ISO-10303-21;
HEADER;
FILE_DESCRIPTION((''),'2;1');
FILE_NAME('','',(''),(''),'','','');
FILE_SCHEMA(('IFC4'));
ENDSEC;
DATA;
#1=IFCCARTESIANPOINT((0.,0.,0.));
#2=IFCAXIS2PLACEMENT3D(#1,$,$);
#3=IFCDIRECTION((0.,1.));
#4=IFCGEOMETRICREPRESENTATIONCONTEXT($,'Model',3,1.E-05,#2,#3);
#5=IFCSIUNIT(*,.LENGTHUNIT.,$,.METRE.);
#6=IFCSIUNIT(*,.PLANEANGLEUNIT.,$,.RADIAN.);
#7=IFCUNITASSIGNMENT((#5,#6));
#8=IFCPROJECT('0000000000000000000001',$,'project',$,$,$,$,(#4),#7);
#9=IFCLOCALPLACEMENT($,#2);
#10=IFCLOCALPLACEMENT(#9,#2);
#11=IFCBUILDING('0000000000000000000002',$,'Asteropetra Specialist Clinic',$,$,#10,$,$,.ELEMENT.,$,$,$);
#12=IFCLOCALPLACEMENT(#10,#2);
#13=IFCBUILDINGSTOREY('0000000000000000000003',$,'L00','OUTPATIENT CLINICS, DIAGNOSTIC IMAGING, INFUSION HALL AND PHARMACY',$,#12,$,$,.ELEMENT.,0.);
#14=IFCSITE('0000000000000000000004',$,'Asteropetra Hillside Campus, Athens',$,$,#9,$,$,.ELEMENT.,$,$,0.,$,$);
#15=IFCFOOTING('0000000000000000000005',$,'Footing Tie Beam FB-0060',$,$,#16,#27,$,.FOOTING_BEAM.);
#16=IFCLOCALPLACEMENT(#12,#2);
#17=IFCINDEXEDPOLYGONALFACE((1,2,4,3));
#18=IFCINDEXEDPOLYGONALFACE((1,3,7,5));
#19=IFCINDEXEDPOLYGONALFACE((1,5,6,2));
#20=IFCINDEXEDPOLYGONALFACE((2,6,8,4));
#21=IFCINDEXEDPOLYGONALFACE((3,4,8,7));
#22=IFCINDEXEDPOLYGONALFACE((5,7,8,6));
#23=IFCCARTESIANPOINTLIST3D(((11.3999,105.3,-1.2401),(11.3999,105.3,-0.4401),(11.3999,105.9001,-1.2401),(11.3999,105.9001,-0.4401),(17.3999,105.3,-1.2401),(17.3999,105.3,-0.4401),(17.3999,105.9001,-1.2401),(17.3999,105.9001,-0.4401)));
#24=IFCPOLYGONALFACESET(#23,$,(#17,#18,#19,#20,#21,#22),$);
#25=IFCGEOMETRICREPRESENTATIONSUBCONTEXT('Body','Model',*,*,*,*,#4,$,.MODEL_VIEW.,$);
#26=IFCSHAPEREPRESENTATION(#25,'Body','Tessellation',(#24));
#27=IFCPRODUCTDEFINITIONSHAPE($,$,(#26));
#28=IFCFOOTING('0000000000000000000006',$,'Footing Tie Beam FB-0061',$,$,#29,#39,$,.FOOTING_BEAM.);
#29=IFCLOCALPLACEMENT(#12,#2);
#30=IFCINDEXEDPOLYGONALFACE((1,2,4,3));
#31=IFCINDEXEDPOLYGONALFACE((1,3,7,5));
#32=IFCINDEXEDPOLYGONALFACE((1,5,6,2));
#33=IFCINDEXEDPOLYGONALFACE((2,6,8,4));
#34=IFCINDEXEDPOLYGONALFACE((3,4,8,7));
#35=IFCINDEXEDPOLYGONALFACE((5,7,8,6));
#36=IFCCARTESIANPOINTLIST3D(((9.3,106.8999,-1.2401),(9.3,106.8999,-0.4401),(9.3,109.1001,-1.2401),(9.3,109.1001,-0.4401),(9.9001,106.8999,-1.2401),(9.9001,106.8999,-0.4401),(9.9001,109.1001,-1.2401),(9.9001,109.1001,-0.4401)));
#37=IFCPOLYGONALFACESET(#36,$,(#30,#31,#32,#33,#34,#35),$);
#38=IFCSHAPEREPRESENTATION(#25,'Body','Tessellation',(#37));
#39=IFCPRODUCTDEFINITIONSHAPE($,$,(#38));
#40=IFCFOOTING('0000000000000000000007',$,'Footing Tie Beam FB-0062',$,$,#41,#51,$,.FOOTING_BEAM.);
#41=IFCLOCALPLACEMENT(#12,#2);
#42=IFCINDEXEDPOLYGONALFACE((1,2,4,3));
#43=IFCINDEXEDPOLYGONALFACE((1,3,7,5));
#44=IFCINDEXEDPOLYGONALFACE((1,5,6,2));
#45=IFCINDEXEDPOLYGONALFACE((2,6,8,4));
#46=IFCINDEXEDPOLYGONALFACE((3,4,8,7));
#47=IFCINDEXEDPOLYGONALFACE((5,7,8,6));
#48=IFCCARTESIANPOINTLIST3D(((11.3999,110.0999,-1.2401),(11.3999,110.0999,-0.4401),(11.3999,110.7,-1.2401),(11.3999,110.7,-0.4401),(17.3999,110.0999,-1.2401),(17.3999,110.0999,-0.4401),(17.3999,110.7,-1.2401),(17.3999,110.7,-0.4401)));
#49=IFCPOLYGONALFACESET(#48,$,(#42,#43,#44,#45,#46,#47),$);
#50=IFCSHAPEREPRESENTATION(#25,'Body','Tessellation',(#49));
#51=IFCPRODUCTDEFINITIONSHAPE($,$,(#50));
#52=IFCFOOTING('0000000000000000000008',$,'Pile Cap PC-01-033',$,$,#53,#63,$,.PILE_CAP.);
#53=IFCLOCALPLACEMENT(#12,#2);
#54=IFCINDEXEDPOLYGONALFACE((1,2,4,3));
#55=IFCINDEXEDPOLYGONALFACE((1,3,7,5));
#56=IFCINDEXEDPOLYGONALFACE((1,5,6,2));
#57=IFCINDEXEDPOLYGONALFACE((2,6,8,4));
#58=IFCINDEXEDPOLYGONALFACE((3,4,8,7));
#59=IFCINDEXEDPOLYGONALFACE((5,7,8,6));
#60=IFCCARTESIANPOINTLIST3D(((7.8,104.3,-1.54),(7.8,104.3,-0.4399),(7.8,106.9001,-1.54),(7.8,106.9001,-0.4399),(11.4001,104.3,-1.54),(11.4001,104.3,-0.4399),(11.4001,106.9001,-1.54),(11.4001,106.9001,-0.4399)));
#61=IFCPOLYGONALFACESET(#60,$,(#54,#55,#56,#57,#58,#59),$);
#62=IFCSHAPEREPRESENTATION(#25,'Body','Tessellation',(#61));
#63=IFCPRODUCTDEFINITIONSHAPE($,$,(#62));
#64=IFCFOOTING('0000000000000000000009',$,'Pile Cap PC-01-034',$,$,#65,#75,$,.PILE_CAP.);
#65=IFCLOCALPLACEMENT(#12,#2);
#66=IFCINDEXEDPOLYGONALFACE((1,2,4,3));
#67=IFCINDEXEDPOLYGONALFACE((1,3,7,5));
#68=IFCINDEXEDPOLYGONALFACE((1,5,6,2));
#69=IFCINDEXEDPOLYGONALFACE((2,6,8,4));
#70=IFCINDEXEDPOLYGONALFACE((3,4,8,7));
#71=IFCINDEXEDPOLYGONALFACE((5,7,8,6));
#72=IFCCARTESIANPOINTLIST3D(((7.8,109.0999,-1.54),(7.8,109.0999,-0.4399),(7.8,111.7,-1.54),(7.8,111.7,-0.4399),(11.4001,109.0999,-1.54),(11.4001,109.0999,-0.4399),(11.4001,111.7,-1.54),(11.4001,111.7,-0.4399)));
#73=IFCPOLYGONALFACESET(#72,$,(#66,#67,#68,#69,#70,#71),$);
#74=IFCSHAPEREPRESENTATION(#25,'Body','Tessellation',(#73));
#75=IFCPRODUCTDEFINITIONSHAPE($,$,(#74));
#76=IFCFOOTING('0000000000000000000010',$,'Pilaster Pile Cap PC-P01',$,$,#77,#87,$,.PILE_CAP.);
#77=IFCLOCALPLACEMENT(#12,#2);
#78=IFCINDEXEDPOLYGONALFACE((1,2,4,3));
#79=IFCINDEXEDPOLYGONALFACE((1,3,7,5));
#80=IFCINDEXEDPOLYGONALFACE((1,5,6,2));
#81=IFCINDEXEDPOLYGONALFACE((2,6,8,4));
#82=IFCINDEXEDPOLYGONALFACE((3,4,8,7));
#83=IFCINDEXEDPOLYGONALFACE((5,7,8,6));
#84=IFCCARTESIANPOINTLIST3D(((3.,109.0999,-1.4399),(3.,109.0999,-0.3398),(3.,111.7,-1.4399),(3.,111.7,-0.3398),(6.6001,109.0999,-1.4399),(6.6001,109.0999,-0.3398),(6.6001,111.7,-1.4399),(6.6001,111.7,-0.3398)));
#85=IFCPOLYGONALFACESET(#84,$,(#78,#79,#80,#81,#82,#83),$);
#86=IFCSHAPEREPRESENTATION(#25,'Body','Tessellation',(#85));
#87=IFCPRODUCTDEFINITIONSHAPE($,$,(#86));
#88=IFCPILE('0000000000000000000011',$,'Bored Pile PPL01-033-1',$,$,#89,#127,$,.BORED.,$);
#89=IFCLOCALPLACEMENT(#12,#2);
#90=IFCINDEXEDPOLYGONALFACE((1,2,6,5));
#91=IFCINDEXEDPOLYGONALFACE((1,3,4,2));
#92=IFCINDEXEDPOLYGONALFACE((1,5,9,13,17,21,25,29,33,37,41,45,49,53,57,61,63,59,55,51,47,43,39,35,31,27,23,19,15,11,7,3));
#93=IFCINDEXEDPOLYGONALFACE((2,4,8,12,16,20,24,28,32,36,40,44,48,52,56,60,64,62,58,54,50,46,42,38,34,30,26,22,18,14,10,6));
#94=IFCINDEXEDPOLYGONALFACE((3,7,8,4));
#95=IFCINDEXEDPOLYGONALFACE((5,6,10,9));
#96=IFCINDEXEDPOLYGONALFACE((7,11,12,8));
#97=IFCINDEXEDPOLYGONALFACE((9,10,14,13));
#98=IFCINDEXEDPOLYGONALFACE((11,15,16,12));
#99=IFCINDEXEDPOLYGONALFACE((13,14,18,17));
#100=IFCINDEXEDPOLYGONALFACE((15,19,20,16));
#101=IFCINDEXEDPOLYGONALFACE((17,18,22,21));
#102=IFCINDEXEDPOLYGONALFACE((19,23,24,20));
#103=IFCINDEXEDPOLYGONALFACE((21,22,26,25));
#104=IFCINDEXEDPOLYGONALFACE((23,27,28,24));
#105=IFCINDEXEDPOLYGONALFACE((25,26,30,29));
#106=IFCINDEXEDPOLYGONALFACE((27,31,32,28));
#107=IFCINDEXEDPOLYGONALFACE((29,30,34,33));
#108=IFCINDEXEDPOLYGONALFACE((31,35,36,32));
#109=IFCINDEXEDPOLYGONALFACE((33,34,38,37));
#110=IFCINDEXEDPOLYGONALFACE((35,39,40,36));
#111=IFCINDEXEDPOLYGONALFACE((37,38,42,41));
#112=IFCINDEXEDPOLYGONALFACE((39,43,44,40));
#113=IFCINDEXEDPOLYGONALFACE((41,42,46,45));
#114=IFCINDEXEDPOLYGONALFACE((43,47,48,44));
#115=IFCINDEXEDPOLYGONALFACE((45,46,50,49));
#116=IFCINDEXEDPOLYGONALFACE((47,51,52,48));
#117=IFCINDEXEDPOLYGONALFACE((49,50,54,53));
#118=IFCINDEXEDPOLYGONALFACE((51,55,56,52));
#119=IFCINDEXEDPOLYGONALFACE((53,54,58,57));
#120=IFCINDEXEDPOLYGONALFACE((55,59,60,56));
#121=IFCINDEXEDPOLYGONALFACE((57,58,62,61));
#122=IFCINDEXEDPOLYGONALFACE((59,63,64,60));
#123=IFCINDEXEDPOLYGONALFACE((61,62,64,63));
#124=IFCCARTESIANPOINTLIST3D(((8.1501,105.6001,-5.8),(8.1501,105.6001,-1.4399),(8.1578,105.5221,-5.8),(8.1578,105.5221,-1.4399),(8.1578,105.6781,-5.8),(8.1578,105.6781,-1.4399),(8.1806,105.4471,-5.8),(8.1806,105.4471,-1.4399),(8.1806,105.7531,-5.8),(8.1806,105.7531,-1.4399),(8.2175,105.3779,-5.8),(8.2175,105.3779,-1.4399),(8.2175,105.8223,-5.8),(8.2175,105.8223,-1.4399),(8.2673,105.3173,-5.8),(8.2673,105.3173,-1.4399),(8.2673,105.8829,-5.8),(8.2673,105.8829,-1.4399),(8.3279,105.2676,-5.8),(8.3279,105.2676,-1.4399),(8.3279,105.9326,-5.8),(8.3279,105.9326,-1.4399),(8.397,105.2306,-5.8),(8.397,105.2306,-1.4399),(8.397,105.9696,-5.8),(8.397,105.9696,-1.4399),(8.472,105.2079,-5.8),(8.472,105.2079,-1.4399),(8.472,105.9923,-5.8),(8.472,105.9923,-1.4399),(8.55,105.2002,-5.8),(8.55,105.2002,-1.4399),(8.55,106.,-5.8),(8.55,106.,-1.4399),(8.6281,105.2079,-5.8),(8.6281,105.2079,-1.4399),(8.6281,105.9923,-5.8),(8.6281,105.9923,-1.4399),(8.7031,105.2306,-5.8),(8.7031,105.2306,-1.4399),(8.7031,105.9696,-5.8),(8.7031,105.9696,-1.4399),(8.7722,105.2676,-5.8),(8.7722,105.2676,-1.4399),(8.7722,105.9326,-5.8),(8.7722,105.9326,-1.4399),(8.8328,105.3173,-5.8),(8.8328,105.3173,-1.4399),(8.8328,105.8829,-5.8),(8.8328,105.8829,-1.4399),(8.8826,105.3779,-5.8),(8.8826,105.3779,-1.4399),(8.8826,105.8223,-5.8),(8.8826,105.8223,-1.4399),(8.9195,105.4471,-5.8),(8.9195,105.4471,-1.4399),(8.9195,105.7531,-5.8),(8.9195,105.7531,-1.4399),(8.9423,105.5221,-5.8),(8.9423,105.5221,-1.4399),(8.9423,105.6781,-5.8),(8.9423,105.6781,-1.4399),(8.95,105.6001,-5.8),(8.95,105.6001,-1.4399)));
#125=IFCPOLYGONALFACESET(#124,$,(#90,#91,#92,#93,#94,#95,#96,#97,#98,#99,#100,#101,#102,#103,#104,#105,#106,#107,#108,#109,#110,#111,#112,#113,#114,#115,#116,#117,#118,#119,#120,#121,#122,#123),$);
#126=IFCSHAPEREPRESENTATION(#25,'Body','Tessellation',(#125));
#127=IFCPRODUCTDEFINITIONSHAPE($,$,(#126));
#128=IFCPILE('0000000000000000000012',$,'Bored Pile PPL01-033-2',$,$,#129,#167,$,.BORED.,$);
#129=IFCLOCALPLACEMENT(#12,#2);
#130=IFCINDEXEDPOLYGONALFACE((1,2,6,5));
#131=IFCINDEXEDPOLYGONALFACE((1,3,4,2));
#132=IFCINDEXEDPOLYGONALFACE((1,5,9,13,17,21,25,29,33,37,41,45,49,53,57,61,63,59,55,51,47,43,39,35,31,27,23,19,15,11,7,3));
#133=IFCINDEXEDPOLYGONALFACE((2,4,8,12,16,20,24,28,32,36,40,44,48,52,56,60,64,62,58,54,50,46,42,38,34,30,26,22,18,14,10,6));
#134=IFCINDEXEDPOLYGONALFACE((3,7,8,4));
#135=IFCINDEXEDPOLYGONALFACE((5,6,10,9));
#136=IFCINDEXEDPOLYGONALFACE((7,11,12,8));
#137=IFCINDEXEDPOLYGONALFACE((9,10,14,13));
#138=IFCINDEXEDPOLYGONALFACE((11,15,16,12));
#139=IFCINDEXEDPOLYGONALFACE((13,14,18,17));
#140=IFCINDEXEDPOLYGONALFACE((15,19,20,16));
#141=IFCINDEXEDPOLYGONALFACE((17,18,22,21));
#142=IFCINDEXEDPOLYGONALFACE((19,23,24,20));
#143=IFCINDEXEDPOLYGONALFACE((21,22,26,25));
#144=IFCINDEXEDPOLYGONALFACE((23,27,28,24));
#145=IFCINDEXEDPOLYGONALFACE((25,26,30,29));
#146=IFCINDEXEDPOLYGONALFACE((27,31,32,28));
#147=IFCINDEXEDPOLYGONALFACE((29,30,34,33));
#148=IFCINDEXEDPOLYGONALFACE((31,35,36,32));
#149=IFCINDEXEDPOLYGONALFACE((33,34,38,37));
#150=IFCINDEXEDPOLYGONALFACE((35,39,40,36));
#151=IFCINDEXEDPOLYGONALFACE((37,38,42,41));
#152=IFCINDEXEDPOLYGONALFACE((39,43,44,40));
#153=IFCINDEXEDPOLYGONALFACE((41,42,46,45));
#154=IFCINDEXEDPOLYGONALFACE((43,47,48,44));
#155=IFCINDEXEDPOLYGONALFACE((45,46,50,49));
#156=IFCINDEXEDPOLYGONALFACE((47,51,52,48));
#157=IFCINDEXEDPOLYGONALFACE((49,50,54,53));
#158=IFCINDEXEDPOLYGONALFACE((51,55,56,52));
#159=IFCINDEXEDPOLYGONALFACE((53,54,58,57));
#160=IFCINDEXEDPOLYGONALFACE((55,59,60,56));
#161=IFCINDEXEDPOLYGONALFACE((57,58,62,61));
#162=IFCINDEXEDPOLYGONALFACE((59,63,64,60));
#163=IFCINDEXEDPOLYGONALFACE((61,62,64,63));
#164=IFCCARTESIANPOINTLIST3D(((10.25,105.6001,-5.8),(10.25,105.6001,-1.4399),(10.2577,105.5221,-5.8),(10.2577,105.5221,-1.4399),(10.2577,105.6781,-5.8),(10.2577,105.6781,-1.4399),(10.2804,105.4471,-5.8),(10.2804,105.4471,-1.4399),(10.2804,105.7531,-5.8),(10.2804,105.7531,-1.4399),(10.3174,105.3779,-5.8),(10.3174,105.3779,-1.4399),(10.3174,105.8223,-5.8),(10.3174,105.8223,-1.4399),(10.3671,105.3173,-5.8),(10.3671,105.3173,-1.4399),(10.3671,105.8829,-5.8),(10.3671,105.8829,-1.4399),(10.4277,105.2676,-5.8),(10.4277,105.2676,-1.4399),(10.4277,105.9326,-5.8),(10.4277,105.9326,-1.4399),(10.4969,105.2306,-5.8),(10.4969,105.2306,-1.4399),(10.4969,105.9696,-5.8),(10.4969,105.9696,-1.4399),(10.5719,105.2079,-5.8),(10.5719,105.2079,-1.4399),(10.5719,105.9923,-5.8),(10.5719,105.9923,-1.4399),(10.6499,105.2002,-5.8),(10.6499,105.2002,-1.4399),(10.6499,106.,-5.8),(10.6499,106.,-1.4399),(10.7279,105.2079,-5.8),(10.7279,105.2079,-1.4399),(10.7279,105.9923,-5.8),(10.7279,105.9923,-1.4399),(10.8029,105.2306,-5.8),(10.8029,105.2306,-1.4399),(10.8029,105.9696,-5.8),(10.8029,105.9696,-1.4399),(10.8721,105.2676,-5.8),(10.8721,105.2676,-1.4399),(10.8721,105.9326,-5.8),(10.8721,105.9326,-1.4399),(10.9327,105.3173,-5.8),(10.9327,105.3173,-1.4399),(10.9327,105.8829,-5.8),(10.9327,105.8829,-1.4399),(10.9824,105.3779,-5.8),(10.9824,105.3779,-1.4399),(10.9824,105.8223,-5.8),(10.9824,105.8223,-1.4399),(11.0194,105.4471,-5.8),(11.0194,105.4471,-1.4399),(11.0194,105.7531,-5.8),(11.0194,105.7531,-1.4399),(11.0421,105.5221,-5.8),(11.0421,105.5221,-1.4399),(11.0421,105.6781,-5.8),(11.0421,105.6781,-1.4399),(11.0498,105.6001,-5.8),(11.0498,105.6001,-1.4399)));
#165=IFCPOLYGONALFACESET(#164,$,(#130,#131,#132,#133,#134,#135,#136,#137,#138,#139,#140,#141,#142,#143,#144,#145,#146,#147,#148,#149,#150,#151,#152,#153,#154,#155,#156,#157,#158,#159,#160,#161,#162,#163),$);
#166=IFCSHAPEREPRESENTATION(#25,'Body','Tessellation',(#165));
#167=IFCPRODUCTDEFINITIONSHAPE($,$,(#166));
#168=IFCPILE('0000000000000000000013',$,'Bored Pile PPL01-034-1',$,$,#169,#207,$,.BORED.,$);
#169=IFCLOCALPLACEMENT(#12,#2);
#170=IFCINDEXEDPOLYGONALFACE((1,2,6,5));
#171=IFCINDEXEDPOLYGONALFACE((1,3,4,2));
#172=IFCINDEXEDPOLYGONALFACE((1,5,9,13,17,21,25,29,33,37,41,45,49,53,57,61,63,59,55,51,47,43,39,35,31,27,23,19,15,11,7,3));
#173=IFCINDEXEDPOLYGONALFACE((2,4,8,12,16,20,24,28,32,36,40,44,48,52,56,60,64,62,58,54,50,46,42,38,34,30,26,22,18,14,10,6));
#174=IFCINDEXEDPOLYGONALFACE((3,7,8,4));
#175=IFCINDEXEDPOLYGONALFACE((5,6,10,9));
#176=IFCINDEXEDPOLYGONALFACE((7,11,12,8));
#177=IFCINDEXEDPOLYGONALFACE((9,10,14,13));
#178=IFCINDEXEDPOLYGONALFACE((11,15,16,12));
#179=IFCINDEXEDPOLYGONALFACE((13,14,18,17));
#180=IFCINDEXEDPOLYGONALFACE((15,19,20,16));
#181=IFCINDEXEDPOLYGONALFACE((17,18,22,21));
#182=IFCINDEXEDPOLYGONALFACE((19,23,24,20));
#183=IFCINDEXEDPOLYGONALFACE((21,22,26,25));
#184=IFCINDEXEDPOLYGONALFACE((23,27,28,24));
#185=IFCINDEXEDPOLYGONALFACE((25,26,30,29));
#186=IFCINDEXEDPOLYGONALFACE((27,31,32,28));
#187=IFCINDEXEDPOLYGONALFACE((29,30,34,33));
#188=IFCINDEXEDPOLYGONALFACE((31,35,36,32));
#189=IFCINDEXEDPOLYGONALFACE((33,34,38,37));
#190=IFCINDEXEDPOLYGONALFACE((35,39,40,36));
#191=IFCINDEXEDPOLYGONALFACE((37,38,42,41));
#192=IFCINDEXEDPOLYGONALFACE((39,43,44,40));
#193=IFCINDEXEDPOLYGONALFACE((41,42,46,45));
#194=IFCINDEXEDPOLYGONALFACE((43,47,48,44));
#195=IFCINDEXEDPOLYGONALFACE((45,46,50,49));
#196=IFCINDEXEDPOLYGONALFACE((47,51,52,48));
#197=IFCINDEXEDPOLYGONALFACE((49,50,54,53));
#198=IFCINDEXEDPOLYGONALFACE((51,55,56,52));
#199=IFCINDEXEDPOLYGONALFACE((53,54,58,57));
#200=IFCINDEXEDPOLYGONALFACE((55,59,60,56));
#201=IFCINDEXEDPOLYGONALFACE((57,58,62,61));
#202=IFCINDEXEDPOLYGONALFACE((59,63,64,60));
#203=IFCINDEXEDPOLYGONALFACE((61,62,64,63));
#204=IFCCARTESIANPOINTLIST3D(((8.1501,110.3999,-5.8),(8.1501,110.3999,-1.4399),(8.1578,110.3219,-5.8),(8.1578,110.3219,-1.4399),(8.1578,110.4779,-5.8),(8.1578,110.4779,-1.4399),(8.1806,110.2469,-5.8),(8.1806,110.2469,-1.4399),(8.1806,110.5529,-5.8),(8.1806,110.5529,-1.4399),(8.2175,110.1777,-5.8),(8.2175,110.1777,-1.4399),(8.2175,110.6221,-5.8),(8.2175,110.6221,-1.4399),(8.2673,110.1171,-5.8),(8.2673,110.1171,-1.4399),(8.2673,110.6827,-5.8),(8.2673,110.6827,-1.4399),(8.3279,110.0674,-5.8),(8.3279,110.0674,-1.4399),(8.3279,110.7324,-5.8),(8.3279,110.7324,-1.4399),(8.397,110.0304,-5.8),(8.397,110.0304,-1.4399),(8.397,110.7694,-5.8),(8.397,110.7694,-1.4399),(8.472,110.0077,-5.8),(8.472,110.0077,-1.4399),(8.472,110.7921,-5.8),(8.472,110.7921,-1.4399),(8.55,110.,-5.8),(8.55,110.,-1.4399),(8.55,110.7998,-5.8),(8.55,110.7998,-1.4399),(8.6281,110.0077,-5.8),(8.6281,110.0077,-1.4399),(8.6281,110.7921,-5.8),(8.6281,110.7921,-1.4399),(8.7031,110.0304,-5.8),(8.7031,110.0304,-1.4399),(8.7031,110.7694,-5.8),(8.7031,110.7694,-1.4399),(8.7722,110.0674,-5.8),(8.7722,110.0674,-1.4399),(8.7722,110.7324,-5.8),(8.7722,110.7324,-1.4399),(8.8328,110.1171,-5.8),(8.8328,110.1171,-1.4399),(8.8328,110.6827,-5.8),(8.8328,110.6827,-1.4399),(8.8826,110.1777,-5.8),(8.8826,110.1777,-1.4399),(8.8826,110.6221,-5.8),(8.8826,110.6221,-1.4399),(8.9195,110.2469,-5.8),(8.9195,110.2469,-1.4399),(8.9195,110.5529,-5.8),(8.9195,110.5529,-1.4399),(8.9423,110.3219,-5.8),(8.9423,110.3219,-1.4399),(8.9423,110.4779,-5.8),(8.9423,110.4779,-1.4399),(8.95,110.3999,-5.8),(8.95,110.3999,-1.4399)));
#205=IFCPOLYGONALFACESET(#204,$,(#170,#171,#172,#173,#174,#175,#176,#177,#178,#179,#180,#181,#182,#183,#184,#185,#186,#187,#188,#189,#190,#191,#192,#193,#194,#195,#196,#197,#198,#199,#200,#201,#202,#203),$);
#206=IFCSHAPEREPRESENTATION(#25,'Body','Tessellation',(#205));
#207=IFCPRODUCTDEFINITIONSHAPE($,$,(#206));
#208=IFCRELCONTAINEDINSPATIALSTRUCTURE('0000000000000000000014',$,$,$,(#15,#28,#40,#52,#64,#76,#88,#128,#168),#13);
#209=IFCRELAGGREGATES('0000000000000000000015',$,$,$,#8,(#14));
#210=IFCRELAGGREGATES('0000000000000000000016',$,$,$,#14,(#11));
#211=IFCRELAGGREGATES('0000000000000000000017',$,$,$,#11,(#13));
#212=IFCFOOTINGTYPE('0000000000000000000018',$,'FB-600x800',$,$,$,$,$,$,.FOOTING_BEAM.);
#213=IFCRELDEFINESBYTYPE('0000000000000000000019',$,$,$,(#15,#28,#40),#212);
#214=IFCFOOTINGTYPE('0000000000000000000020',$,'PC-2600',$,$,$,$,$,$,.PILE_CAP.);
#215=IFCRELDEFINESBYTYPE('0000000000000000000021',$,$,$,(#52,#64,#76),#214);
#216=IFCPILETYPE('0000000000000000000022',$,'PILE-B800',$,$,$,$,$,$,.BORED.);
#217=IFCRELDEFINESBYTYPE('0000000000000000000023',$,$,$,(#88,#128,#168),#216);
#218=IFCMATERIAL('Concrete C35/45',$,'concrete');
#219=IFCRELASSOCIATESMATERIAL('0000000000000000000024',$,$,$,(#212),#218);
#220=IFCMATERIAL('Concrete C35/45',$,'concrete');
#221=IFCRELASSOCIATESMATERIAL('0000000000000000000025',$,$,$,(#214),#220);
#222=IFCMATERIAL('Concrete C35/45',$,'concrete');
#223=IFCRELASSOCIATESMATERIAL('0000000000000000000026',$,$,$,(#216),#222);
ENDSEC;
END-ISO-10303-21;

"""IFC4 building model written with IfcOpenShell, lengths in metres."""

from ifc_helpers import new_model, si_unit, direction, frame, origin, origin_2d, place, context, subcontext, project, spatial, rectangle, circle, extrude, material, material_profile, profile_set, type_object, element, save


model = new_model("IFC4")

# Units and contexts
model_context = context("Model", 3, precision=1e-05, world=origin(), true_north=direction((0.0, 1.0)))
body_context = subcontext(model_context, "Body", "Model", "MODEL_VIEW")
ifc_project = project(units=[si_unit("LENGTHUNIT", "METRE"), si_unit("PLANEANGLEUNIT", "RADIAN")], contexts=[model_context])

# Site, building, storey
site_placement = place(None, origin())
site = spatial("IfcSite", under=ifc_project, at=site_placement, Name="Asteropetra Hillside Campus, Athens", CompositionType="ELEMENT", RefElevation=0.0)
building_placement = place(site_placement, origin())
building = spatial("IfcBuilding", under=site, at=building_placement, Name="Asteropetra Specialist Clinic", CompositionType="ELEMENT")
storey_placement = place(building_placement, origin())
storey = spatial("IfcBuildingStorey", under=building, at=storey_placement, Name="L00", Description="OUTPATIENT CLINICS, DIAGNOSTIC IMAGING, INFUSION HALL AND PHARMACY", CompositionType="ELEMENT", Elevation=0.0)

# Footings
ifc_material_1 = material(Name="Concrete C35/45", Category="concrete")
ifc_material_profile_1 = material_profile(ifc_material_1, rectangle(XDim=0.6001, YDim=0.8, at=origin_2d()), Name="FB 600x800")
ifc_profile_set_1 = profile_set([ifc_material_profile_1], Name="Concrete C35/45")
footing_type_1 = type_object("IfcFootingType", Name="FB-600x800", PredefinedType="FOOTING_BEAM", material=ifc_profile_set_1)
footing_1_placement = place(storey_placement, frame((11.3999, 105.6001, -0.8401), z_axis=(1.0, 0.0, 0.0), x_axis=(0.0, 1.0, 0.0)))
element("IfcFooting", 1, at=footing_1_placement, inside=storey, type_object=footing_type_1, Name="Footing Tie Beam FB-0060", PredefinedType="FOOTING_BEAM", context=body_context, shape_type="SweptSolid", body=[
    extrude(rectangle(XDim=0.6001, YDim=0.8, at=origin_2d()), origin(), (0.0, 0.0, 1.0), 6.0),
])
footing_2_placement = place(storey_placement, frame((9.6001, 106.8999, -0.8401), z_axis=(0.0, 1.0, 0.0), x_axis=(-1.0, 0.0, 0.0)))
element("IfcFooting", 2, at=footing_2_placement, inside=storey, type_object=footing_type_1, Name="Footing Tie Beam FB-0061", PredefinedType="FOOTING_BEAM", context=body_context, shape_type="SweptSolid", body=[
    extrude(rectangle(XDim=0.6001, YDim=0.8, at=origin_2d()), origin(), (0.0, 0.0, 1.0), 2.2002),
])
footing_3_placement = place(storey_placement, frame((11.3999, 110.3999, -0.8401), z_axis=(1.0, 0.0, 0.0), x_axis=(0.0, 1.0, 0.0)))
element("IfcFooting", 3, at=footing_3_placement, inside=storey, type_object=footing_type_1, Name="Footing Tie Beam FB-0062", PredefinedType="FOOTING_BEAM", context=body_context, shape_type="SweptSolid", body=[
    extrude(rectangle(XDim=0.6001, YDim=0.8, at=origin_2d()), origin(), (0.0, 0.0, 1.0), 6.0),
])
ifc_material_2 = material(Name="Concrete C35/45", Category="concrete")
footing_type_2 = type_object("IfcFootingType", Name="PC-2600", PredefinedType="PILE_CAP", material=ifc_material_2)
for number, where, z_axis, x_axis, name in (
    (4, (9.6001, 105.6001, -1.54), (0.0, 0.0, 1.0), (1.0, 0.0, 0.0), "Pile Cap PC-01-033"),
    (5, (9.6001, 110.3999, -1.54), (0.0, 0.0, 1.0), (1.0, 0.0, 0.0), "Pile Cap PC-01-034"),
    (6, (4.8, 110.3999, -1.4399), (0.0, 0.0, 1.0), (1.0, 0.0, 0.0), "Pilaster Pile Cap PC-P01"),
):
    element("IfcFooting", number, at=place(storey_placement, frame(where, z_axis=z_axis, x_axis=x_axis)), inside=storey, type_object=footing_type_2, Name=name, PredefinedType="PILE_CAP", context=body_context, shape_type="SweptSolid", body=[
        extrude(rectangle(XDim=3.6001, YDim=2.6001, at=origin_2d()), origin(), (0.0, 0.0, 1.0), 1.1001),
    ])

# Piles
ifc_material_3 = material(Name="Concrete C35/45", Category="concrete")
ifc_material_profile_2 = material_profile(ifc_material_3, circle(Radius=0.3999, at=origin_2d()), Name="PILE D800")
ifc_profile_set_2 = profile_set([ifc_material_profile_2], Name="Concrete C35/45")
pile_type = type_object("IfcPileType", Name="PILE-B800", PredefinedType="BORED", material=ifc_profile_set_2)
for number, where, z_axis, x_axis, name in (
    (7, (8.55, 105.6001, -1.4399), (0.0, 0.0, -1.0), (1.0, 0.0, 0.0), "Bored Pile PPL01-033-1"),
    (8, (10.6499, 105.6001, -1.4399), (0.0, 0.0, -1.0), (1.0, 0.0, 0.0), "Bored Pile PPL01-033-2"),
    (9, (8.55, 110.3999, -1.4399), (0.0, 0.0, -1.0), (1.0, 0.0, 0.0), "Bored Pile PPL01-034-1"),
):
    element("IfcPile", number, at=place(storey_placement, frame(where, z_axis=z_axis, x_axis=x_axis)), inside=storey, type_object=pile_type, Name=name, PredefinedType="BORED", context=body_context, shape_type="SweptSolid", body=[
        extrude(circle(Radius=0.3999, at=origin_2d()), origin(), (0.0, 0.0, 1.0), 4.3601),
    ])

save(model, "model.ifc")
